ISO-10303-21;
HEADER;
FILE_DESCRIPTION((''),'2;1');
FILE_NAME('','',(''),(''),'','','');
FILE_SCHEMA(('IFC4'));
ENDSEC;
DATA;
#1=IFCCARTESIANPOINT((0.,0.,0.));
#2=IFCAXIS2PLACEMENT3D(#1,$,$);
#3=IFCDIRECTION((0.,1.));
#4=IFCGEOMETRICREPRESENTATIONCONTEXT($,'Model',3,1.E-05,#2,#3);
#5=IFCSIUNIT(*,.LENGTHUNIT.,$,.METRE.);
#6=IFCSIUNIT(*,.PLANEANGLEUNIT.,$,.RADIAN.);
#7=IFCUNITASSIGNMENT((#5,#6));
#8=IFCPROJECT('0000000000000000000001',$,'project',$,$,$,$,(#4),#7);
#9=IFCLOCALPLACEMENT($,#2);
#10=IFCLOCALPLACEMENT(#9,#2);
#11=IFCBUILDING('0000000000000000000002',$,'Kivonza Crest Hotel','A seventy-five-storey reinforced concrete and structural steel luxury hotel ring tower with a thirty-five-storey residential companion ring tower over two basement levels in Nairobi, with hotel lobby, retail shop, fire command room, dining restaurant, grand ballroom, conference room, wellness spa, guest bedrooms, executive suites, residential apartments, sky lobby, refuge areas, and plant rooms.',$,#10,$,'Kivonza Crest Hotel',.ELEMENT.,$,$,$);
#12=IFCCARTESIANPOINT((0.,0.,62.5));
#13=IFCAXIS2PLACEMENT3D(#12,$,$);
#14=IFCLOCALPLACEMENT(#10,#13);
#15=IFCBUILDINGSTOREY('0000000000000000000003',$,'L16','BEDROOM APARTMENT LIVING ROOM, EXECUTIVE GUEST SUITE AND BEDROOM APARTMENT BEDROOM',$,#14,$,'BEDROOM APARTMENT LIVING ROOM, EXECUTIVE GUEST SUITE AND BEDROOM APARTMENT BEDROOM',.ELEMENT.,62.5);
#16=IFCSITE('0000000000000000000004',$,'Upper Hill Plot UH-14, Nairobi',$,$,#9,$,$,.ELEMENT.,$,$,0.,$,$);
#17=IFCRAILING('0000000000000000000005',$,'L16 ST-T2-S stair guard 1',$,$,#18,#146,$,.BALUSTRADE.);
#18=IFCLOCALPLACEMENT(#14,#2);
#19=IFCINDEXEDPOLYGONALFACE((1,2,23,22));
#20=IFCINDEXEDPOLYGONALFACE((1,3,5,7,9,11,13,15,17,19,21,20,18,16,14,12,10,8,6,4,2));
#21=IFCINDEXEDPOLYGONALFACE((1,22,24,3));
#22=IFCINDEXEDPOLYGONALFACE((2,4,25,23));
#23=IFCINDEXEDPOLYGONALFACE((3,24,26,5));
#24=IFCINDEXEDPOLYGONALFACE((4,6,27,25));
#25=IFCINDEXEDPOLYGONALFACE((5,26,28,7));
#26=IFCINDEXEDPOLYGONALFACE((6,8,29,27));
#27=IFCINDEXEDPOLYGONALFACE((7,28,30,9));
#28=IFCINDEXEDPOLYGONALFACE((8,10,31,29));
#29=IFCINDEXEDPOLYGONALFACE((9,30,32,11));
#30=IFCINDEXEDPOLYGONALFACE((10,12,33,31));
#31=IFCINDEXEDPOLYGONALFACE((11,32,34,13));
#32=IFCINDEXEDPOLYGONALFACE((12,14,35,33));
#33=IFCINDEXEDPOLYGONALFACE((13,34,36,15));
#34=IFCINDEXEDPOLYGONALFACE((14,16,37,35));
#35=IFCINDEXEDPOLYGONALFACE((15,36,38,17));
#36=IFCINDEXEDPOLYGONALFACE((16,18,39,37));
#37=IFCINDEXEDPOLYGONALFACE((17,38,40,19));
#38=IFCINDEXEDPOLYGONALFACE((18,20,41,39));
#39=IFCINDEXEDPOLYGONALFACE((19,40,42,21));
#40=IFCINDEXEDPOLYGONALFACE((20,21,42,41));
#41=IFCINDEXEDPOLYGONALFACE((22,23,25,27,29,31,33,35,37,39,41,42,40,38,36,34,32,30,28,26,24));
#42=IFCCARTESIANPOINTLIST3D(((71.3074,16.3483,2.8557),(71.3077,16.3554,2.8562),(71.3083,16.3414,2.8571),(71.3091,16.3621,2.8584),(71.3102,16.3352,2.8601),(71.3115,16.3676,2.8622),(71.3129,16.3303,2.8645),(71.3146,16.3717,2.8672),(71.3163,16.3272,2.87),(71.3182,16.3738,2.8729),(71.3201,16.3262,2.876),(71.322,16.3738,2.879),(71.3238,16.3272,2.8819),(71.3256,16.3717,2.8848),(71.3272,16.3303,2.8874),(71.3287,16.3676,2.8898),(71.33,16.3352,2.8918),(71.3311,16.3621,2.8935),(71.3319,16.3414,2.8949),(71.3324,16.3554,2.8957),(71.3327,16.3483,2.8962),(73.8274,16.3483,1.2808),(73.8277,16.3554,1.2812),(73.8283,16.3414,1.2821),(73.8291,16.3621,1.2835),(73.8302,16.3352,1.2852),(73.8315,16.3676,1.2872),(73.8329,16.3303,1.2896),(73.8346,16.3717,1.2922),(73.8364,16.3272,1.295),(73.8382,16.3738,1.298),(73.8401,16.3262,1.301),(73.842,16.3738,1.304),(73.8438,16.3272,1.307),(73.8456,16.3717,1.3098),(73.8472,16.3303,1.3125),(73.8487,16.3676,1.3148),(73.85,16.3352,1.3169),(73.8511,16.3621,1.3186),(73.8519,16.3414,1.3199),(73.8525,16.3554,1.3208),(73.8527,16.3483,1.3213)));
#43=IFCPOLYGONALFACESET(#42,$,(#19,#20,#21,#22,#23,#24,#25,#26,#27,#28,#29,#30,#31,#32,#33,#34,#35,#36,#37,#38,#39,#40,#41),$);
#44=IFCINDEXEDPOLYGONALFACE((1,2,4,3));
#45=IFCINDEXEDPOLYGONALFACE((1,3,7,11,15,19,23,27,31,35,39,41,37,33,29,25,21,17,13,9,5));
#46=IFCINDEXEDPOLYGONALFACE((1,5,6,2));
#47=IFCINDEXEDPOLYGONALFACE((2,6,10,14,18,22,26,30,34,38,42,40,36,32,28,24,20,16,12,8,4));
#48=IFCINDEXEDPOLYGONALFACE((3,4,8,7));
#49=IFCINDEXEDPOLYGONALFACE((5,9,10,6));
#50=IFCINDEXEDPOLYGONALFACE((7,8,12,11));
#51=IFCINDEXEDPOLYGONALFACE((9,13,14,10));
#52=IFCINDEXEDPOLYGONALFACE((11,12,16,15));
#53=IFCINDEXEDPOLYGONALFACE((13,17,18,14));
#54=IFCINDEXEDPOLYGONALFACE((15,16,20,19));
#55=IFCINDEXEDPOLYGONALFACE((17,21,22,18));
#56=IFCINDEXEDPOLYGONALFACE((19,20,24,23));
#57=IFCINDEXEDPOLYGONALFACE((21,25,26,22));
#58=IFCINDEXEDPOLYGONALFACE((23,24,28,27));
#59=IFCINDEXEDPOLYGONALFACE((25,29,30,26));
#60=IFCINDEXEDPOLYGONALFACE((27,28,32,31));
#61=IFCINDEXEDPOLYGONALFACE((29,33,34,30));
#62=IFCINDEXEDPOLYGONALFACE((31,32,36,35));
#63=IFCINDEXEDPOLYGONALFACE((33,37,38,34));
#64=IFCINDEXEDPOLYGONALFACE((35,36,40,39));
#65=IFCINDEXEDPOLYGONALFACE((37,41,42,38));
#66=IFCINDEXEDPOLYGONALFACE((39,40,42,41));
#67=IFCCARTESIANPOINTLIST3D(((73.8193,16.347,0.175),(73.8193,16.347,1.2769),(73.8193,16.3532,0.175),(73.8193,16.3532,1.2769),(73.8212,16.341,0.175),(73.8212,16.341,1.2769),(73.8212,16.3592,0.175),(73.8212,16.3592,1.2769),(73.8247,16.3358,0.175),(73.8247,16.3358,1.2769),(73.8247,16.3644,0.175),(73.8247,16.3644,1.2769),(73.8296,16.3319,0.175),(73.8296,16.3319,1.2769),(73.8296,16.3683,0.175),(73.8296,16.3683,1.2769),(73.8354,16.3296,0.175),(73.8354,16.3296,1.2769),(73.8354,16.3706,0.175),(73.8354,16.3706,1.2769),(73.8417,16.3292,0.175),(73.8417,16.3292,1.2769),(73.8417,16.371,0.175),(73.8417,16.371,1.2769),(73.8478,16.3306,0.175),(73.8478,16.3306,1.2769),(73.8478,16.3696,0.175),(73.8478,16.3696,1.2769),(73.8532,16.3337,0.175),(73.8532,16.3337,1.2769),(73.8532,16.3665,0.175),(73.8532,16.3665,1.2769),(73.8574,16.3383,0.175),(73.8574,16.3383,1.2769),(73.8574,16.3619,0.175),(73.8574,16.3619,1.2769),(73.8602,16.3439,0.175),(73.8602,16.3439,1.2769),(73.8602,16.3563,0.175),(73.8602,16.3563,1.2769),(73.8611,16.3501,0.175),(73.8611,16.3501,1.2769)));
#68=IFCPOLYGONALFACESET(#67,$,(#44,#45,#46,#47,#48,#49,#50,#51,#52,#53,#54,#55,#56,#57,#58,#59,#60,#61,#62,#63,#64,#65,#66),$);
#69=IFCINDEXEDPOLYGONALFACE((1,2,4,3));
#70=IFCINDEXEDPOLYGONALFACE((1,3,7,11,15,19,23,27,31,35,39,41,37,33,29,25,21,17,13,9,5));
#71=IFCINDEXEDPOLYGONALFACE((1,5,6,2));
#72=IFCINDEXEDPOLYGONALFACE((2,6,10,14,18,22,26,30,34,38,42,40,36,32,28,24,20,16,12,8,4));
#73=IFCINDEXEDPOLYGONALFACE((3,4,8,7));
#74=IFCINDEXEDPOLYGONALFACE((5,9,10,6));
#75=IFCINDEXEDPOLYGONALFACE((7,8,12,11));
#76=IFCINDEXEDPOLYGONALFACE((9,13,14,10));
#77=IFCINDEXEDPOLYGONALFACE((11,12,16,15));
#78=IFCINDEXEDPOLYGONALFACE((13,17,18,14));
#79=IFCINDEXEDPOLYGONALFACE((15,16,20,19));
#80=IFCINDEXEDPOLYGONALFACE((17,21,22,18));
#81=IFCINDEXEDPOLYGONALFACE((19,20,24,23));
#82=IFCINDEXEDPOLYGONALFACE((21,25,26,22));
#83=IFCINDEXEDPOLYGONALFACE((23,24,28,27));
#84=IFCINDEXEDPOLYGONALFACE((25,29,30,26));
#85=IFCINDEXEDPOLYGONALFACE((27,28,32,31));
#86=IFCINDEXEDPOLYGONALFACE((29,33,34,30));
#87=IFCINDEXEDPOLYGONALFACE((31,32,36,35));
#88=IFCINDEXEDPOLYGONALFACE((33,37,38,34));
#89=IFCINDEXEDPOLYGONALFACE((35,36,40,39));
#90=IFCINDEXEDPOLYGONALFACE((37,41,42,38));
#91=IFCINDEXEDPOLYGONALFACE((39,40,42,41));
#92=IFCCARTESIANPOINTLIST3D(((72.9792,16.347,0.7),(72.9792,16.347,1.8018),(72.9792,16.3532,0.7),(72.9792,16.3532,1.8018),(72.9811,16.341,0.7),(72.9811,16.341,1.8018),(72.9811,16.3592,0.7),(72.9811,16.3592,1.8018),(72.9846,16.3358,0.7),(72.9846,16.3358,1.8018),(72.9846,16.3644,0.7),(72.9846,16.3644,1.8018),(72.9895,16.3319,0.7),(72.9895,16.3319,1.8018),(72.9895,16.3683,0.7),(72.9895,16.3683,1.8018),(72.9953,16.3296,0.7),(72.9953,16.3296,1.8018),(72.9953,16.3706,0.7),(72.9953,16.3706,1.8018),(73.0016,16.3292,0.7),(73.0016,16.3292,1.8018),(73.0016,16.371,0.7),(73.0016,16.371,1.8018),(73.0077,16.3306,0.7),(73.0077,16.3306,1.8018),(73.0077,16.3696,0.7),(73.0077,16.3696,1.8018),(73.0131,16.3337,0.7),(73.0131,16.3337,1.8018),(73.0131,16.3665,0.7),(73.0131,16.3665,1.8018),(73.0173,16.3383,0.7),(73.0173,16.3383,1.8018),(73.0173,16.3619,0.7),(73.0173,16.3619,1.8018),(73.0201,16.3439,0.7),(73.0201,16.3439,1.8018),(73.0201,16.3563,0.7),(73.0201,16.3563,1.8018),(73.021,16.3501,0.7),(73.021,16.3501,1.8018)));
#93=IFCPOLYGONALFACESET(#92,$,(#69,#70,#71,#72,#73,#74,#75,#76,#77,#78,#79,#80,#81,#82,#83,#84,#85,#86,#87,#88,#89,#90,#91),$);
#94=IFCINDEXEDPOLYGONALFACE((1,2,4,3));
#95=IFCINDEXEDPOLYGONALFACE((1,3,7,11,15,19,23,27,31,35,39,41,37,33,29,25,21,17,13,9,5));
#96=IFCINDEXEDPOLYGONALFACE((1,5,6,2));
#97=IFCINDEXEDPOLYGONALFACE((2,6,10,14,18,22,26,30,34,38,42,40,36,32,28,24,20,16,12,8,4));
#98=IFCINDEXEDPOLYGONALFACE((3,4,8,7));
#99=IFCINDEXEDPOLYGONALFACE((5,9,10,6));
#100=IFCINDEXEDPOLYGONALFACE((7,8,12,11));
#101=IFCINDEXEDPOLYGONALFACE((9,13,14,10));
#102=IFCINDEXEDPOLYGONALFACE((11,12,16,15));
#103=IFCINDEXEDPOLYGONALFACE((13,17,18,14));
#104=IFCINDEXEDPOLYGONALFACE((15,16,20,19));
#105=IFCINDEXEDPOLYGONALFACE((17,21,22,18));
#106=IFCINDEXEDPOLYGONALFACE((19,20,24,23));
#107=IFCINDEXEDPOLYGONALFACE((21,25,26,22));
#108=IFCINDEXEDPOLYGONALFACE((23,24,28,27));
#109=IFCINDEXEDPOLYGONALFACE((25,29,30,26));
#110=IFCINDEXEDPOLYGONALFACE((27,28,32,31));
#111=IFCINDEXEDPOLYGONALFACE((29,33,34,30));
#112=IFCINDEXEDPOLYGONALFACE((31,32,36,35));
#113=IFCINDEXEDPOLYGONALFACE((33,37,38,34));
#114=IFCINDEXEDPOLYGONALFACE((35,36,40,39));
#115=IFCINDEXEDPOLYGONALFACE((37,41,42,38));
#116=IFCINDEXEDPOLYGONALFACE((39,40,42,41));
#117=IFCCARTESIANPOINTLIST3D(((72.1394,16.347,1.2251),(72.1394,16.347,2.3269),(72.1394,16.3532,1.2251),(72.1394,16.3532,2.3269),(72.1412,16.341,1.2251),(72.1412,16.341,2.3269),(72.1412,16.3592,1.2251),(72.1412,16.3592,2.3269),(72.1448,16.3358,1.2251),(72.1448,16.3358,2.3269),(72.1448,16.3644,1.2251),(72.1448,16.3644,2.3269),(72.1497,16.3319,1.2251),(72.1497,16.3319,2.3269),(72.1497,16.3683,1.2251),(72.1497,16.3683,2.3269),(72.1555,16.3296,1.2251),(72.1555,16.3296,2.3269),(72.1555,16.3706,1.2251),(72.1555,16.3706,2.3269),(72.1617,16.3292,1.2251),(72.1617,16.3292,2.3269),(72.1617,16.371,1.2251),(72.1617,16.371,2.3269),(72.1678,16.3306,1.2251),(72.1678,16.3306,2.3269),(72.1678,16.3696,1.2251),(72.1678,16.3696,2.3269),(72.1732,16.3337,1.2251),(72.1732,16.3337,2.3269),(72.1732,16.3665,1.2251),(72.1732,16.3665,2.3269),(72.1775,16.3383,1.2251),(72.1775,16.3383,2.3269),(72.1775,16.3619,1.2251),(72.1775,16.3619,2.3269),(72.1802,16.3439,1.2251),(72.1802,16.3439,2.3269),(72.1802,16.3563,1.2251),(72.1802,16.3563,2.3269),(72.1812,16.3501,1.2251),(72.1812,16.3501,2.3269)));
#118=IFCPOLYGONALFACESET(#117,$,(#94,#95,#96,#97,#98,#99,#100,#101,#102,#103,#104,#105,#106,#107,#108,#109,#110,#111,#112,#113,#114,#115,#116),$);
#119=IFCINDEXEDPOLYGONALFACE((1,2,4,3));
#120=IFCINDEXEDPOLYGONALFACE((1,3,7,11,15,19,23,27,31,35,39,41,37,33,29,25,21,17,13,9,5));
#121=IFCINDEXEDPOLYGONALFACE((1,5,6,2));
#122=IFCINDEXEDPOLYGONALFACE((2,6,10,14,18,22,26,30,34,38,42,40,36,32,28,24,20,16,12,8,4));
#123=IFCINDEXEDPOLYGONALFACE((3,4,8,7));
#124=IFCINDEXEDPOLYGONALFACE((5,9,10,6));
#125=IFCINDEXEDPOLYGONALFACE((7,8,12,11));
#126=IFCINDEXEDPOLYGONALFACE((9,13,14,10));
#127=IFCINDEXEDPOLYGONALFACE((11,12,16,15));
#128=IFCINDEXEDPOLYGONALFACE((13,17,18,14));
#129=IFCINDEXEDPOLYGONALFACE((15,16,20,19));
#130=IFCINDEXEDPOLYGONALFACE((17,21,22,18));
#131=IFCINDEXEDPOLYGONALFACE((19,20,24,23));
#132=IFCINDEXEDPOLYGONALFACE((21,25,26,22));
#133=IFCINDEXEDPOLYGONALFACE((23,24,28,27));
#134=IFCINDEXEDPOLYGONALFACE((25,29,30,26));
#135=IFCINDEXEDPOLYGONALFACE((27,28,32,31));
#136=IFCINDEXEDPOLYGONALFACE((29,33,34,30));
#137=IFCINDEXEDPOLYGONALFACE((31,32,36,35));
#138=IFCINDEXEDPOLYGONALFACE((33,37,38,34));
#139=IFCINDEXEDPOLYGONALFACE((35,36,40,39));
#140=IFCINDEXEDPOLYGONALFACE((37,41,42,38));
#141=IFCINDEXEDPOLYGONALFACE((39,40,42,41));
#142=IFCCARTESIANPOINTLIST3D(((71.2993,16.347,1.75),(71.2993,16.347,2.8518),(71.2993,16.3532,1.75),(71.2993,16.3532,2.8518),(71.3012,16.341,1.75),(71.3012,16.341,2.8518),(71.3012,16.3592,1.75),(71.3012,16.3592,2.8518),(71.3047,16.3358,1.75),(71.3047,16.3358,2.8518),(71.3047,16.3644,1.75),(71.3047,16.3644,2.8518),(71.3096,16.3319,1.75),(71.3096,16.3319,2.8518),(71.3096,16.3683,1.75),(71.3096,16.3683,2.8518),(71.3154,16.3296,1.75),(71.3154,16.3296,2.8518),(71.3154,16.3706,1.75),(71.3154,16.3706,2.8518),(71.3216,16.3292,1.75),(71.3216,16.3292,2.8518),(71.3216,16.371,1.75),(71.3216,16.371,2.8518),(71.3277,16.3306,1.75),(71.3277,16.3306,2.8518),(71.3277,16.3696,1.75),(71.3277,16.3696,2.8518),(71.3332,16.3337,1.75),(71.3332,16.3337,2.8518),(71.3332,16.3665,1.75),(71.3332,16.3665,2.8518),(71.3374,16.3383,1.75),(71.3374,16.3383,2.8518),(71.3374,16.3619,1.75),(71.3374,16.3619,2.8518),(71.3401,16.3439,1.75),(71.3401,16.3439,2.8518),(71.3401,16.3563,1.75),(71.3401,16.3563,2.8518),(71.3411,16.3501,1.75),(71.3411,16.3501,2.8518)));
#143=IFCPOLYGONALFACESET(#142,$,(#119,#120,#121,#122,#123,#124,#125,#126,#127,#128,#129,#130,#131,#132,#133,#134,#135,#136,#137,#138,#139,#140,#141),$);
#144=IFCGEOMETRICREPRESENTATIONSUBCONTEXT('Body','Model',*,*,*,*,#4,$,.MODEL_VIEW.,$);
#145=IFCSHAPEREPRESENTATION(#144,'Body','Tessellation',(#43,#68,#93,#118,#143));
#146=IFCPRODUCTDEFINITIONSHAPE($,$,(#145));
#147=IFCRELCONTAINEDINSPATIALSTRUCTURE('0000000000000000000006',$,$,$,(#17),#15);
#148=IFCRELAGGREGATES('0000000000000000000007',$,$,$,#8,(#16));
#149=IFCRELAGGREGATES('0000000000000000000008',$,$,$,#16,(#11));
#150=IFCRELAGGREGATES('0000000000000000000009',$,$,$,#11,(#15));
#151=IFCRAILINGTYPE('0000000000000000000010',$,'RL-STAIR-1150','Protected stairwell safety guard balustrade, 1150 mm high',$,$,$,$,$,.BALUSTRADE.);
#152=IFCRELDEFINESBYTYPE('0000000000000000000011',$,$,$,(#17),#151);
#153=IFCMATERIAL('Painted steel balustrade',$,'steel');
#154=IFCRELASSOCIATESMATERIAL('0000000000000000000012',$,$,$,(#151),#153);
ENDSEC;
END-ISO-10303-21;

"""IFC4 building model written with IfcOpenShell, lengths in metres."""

from ifc_helpers import new_model, si_unit, direction, frame, origin, origin_2d, place, context, subcontext, project, spatial, circle, extrude, material, type_object, element, save


model = new_model("IFC4")

# Units and contexts
model_context = context("Model", 3, precision=1e-05, world=origin(), true_north=direction((0.0, 1.0)))
body_context = subcontext(model_context, "Body", "Model", "MODEL_VIEW")
ifc_project = project(units=[si_unit("LENGTHUNIT", "METRE"), si_unit("PLANEANGLEUNIT", "RADIAN")], contexts=[model_context])

# Site, building, storey
site_placement = place(None, origin())
site = spatial("IfcSite", under=ifc_project, at=site_placement, Name="Upper Hill Plot UH-14, Nairobi", CompositionType="ELEMENT", RefElevation=0.0)
building_placement = place(site_placement, origin())
building = spatial("IfcBuilding", under=site, at=building_placement, Name="Kivonza Crest Hotel", Description="A seventy-five-storey reinforced concrete and structural steel luxury hotel ring tower with a thirty-five-storey residential companion ring tower over two basement levels in Nairobi, with hotel lobby, retail shop, fire command room, dining restaurant, grand ballroom, conference room, wellness spa, guest bedrooms, executive suites, residential apartments, sky lobby, refuge areas, and plant rooms.", LongName="Kivonza Crest Hotel", CompositionType="ELEMENT")
storey_placement = place(building_placement, frame((0.0, 0.0, 62.5)))
storey = spatial("IfcBuildingStorey", under=building, at=storey_placement, Name="L16", Description="BEDROOM APARTMENT LIVING ROOM, EXECUTIVE GUEST SUITE AND BEDROOM APARTMENT BEDROOM", LongName="BEDROOM APARTMENT LIVING ROOM, EXECUTIVE GUEST SUITE AND BEDROOM APARTMENT BEDROOM", CompositionType="ELEMENT", Elevation=62.5)

# Railing
ifc_material_1 = material(Name="Painted steel balustrade", Category="steel")
railing_type_1 = type_object("IfcRailingType", Name="RL-STAIR-1150", Description="Protected stairwell safety guard balustrade, 1150 mm high", PredefinedType="BALUSTRADE", material=ifc_material_1)
railing_1_placement = place(storey_placement, frame((73.8401, 16.3501, 0.175)))
element("IfcRailing", 1, at=railing_1_placement, inside=storey, type_object=railing_type_1, Name="L16 ST-T2-S stair guard 1", PredefinedType="BALUSTRADE", context=body_context, shape_type="SweptSolid", body=[
    extrude(circle(Radius=0.0239, at=origin_2d()), frame((0.0, 0.0, 1.126), z_axis=(-0.848008, 0.0, 0.529984), x_axis=(0.0, -1.0, 0.0)), (0.0, 0.0, 1.0), 2.9717),
    extrude(circle(Radius=0.021, at=origin_2d()), origin(), (0.0, 0.0, 1.0), 1.1018),
    extrude(circle(Radius=0.021, at=origin_2d()), frame((-0.8401, 0.0, 0.5249)), (0.0, 0.0, 1.0), 1.1018),
    extrude(circle(Radius=0.021, at=origin_2d()), frame((-1.6799, 0.0, 1.05)), (0.0, 0.0, 1.0), 1.1018),
    extrude(circle(Radius=0.021, at=origin_2d()), frame((-2.52, 0.0, 1.575)), (0.0, 0.0, 1.0), 1.1018),
])

save(model, "model.ifc")
